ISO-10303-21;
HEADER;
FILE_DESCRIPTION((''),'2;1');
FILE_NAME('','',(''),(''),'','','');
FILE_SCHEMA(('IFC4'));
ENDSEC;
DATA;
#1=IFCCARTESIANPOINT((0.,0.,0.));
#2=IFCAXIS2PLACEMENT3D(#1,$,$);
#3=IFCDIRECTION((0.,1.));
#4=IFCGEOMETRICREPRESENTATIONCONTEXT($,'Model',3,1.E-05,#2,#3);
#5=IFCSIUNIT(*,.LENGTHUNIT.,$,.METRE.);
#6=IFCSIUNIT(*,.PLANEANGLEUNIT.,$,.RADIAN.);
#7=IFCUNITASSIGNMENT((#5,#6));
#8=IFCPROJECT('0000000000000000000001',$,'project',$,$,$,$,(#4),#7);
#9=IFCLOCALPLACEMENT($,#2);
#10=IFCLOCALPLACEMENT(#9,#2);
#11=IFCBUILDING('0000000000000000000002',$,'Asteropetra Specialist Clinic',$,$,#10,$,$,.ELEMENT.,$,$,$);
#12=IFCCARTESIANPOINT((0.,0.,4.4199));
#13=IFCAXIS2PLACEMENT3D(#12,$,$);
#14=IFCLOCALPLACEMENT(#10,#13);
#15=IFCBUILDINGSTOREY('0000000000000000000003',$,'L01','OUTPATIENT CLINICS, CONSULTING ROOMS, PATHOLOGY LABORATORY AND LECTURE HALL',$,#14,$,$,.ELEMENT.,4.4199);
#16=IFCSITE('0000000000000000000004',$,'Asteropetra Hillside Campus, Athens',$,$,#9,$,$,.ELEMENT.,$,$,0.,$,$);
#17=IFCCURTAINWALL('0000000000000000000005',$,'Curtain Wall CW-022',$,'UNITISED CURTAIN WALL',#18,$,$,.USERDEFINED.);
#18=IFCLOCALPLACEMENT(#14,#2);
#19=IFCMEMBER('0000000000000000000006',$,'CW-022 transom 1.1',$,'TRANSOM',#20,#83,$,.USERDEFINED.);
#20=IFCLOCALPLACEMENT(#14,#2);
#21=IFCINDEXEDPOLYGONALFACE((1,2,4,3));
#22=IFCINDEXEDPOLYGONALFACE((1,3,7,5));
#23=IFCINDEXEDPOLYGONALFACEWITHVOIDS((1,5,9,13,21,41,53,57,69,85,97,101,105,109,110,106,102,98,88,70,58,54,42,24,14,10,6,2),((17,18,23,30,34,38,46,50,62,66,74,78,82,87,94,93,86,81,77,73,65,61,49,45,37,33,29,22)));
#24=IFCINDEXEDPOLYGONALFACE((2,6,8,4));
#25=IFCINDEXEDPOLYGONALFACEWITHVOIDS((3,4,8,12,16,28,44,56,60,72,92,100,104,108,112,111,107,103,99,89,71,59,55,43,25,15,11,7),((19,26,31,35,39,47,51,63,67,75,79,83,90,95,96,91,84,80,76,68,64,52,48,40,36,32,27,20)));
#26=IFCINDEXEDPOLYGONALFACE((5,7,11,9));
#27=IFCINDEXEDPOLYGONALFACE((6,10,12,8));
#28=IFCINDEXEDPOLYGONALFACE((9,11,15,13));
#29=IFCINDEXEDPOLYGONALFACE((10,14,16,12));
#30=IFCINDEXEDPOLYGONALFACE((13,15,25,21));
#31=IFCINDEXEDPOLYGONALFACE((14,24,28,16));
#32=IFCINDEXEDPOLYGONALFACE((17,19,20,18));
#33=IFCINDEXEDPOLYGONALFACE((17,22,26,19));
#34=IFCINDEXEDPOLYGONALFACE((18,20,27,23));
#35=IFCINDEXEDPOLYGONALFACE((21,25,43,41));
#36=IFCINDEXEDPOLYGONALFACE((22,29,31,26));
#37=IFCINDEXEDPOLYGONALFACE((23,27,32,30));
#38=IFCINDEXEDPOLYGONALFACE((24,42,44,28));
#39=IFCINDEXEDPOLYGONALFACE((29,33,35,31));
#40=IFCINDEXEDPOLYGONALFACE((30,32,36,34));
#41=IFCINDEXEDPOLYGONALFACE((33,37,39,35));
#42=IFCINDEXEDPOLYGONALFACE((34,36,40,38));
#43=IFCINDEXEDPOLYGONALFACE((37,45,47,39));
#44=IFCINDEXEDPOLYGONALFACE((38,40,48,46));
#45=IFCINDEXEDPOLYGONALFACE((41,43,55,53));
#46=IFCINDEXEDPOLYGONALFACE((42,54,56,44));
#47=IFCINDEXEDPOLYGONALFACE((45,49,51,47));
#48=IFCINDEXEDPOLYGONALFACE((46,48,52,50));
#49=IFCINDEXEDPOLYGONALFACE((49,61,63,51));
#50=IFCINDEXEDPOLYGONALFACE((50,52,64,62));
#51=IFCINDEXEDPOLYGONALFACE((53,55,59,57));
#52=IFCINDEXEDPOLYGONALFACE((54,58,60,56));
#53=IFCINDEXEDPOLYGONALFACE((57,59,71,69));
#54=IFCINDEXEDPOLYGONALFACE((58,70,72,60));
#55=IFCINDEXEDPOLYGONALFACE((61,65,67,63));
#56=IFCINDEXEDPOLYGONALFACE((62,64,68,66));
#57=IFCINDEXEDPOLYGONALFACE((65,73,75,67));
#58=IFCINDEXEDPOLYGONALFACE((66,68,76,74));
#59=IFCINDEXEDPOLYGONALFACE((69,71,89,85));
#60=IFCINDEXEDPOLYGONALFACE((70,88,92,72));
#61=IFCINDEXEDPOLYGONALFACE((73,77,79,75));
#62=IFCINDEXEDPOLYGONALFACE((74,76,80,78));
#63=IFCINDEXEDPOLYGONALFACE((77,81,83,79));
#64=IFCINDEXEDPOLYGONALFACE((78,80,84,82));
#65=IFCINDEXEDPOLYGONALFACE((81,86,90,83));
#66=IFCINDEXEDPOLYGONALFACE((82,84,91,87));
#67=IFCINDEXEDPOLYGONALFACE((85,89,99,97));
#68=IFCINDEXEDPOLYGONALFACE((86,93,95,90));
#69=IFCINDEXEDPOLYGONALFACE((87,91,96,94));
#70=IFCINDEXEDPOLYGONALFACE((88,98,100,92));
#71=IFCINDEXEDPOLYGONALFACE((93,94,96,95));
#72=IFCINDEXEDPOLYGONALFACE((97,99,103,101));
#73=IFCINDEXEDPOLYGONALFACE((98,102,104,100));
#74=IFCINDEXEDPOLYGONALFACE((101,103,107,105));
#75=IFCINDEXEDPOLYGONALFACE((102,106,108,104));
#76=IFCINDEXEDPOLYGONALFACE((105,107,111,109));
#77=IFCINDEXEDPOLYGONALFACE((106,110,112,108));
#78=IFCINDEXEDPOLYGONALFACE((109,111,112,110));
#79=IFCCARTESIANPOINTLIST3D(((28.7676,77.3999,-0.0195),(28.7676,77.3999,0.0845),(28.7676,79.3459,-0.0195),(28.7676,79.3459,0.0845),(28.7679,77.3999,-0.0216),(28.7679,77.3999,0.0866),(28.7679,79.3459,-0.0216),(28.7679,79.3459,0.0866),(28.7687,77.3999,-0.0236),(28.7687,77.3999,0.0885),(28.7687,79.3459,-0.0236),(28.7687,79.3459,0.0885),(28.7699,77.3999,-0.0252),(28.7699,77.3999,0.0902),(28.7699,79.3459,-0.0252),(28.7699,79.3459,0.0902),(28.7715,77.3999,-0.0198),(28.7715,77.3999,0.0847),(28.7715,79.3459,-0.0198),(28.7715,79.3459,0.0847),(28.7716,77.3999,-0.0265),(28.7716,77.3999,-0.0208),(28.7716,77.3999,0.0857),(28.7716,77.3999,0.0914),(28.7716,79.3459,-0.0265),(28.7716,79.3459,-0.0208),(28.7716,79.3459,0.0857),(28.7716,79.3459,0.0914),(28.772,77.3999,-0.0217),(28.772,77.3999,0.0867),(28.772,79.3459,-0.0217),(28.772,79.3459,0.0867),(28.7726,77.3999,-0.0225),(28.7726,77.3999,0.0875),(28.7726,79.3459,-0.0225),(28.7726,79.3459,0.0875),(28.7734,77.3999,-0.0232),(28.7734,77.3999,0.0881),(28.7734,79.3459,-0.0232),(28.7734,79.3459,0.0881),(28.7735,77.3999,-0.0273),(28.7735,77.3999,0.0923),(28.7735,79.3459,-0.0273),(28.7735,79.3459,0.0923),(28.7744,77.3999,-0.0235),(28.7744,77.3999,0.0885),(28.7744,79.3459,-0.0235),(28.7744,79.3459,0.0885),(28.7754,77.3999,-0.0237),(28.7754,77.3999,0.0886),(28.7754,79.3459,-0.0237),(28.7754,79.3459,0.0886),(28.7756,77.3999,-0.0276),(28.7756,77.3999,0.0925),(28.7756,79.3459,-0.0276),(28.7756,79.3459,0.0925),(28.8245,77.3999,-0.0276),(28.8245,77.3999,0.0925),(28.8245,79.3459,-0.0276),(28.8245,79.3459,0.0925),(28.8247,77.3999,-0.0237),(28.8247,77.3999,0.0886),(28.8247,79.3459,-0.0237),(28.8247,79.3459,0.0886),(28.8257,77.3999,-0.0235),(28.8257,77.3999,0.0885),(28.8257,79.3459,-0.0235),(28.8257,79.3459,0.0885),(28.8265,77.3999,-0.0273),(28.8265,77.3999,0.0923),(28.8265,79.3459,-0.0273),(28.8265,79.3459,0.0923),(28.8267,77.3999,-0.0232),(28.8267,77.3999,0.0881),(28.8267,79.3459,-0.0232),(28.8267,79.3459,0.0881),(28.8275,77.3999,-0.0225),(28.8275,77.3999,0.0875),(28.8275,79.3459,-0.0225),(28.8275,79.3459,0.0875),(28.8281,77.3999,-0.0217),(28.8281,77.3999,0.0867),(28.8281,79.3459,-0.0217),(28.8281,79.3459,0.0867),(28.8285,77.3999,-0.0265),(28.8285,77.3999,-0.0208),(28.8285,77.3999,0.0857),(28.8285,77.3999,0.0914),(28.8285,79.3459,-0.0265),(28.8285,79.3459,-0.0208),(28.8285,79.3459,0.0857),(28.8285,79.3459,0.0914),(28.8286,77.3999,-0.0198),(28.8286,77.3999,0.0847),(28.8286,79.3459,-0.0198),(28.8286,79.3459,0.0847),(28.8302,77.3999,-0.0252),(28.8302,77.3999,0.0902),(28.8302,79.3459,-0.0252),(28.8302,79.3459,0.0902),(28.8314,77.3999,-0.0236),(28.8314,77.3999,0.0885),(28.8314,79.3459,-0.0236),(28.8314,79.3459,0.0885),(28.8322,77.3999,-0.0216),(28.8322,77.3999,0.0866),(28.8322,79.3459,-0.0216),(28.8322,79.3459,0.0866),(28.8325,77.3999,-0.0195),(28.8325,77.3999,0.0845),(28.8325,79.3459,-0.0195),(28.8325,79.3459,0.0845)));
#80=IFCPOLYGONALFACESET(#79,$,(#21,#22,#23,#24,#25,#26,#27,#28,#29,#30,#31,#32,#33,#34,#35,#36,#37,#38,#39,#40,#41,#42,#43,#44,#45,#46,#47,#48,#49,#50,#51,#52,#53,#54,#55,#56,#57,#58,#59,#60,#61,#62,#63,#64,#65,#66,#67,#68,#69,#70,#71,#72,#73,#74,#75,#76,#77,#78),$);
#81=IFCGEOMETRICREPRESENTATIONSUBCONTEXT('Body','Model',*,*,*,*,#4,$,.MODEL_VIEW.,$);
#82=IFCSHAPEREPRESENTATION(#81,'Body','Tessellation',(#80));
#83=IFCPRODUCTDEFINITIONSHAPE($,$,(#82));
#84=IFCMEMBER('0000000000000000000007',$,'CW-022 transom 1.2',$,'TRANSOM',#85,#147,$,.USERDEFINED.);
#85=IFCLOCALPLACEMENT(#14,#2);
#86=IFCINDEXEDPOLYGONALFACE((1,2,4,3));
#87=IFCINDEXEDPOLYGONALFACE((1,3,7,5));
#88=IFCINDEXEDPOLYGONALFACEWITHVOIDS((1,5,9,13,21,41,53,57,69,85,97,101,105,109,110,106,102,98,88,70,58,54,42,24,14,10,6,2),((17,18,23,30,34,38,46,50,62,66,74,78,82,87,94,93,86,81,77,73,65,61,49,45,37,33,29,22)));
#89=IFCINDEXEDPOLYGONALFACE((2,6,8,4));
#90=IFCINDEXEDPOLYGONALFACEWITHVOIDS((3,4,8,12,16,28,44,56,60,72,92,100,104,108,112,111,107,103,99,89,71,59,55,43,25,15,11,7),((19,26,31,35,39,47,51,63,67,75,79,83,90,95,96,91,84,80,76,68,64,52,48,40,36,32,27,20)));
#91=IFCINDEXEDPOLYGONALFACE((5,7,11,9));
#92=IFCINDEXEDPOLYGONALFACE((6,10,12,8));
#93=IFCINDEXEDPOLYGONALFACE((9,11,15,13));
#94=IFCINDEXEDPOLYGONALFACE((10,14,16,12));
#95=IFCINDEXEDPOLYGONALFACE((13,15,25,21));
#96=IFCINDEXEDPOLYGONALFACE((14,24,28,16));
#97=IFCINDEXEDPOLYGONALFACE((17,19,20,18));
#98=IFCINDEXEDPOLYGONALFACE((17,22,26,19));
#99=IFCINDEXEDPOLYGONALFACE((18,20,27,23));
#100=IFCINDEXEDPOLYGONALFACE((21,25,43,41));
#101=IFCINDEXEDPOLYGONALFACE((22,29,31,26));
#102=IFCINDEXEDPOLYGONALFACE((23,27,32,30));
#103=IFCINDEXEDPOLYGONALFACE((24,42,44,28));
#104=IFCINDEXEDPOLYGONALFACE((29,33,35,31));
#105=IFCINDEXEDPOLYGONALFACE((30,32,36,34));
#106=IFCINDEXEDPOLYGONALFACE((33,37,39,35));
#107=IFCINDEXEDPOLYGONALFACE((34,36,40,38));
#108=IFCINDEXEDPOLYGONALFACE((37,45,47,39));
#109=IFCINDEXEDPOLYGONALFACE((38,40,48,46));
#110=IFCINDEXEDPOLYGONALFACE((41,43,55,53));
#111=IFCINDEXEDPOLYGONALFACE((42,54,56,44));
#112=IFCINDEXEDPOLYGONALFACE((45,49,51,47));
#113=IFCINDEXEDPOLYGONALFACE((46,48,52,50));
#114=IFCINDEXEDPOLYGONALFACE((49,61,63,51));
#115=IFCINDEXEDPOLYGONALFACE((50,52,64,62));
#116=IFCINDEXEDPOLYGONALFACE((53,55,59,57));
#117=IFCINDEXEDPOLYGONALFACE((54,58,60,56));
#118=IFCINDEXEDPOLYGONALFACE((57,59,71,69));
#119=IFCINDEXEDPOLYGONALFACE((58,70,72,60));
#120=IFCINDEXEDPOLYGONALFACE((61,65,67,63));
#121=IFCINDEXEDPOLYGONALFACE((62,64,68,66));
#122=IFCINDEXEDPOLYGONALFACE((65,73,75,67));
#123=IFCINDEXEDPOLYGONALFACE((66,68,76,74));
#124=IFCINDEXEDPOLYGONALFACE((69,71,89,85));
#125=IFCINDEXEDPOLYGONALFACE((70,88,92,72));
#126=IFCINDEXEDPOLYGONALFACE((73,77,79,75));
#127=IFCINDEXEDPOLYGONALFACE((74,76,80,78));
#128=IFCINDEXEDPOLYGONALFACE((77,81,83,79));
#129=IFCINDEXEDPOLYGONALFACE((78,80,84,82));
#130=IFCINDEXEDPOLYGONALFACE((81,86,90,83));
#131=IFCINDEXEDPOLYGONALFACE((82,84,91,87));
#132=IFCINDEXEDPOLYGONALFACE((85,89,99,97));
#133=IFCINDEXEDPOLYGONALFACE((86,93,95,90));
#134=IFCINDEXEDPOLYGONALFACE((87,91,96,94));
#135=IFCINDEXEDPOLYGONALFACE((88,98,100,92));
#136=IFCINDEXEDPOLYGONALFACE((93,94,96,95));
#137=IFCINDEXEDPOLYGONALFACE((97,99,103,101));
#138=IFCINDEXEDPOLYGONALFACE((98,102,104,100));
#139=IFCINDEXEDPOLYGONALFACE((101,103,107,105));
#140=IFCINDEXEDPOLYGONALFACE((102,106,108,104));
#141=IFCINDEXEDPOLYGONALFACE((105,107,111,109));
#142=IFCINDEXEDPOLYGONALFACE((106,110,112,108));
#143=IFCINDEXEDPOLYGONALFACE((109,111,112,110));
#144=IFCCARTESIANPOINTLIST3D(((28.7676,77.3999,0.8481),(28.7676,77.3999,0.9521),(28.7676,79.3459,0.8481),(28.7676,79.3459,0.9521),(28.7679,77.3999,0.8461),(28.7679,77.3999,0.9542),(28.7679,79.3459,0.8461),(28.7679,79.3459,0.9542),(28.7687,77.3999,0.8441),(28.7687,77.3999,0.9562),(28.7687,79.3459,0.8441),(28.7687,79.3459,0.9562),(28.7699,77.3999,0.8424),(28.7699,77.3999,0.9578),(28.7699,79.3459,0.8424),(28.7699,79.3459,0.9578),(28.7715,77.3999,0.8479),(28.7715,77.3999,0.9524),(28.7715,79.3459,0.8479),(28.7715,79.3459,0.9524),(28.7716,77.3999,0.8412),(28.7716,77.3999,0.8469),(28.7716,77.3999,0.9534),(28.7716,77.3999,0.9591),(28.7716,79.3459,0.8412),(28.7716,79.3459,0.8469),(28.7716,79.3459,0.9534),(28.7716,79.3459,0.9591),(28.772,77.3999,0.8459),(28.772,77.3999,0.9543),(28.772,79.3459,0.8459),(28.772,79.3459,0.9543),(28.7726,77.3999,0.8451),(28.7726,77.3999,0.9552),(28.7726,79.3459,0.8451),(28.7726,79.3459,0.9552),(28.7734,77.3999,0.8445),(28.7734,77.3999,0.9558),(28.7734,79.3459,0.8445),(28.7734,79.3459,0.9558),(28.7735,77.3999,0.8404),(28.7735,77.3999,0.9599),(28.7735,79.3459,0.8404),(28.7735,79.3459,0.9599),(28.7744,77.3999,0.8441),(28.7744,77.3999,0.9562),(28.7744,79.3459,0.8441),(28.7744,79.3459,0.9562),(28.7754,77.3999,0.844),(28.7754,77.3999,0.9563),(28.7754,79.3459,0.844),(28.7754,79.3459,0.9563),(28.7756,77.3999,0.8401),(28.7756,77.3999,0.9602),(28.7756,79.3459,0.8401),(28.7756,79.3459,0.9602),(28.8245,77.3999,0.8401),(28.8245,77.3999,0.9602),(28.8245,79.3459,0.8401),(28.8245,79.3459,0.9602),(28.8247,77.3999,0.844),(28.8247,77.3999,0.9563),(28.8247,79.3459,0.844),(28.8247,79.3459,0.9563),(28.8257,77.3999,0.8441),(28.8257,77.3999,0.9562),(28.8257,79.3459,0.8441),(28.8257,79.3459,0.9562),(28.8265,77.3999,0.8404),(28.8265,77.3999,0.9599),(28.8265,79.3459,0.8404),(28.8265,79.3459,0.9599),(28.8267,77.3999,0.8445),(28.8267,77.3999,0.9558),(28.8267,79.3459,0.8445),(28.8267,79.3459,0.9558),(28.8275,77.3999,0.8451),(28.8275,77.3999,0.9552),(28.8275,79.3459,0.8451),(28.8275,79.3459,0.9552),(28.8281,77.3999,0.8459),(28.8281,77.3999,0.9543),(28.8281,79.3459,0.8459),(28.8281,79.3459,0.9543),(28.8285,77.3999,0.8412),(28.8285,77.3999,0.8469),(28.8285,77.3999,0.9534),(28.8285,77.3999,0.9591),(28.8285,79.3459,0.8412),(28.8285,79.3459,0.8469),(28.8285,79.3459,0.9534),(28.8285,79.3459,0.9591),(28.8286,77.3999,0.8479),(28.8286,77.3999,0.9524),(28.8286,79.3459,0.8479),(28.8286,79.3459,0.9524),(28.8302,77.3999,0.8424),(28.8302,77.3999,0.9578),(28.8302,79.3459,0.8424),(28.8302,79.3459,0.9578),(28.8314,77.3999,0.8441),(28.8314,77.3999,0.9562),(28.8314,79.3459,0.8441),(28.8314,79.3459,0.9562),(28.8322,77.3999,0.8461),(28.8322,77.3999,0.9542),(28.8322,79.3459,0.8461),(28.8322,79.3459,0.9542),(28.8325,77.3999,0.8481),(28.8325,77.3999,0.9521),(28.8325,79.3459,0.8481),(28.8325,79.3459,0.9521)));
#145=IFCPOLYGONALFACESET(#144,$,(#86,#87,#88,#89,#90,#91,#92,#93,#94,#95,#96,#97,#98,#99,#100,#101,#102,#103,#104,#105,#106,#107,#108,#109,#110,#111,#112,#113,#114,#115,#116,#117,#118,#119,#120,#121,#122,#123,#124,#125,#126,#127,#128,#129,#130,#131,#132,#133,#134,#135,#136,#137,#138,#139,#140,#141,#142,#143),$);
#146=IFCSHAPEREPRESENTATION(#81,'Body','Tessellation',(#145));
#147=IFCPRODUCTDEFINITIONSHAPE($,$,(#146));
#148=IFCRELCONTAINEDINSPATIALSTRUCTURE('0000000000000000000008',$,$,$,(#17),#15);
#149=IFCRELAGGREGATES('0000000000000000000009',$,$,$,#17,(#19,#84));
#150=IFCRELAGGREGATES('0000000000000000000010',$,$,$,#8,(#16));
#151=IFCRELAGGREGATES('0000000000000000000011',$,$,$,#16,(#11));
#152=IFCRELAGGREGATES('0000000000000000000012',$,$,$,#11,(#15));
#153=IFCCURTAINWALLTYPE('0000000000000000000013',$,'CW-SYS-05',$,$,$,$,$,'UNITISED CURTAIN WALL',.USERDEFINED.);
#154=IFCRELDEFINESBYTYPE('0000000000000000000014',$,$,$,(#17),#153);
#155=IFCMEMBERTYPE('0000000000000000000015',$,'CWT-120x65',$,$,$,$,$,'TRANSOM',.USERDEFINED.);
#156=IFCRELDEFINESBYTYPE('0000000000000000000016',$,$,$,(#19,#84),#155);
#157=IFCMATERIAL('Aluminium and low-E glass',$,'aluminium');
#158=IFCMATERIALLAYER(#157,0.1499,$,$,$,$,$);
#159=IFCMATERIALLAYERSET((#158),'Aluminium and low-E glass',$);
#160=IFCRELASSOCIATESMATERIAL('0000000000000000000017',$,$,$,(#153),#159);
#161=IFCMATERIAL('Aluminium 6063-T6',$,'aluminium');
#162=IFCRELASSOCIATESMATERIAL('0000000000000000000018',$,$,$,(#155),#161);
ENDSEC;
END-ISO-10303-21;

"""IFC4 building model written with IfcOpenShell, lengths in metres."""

from ifc_helpers import new_model, si_unit, direction, frame, origin, origin_2d, place, context, subcontext, project, spatial, hollow_rectangle, extrude, material, layer, layer_set, material_profile, profile_set, type_object, element, aggregate, save


model = new_model("IFC4")

# Units and contexts
model_context = context("Model", 3, precision=1e-05, world=origin(), true_north=direction((0.0, 1.0)))
body_context = subcontext(model_context, "Body", "Model", "MODEL_VIEW")
ifc_project = project(units=[si_unit("LENGTHUNIT", "METRE"), si_unit("PLANEANGLEUNIT", "RADIAN")], contexts=[model_context])

# Site, building, storey
site_placement = place(None, origin())
site = spatial("IfcSite", under=ifc_project, at=site_placement, Name="Asteropetra Hillside Campus, Athens", CompositionType="ELEMENT", RefElevation=0.0)
building_placement = place(site_placement, origin())
building = spatial("IfcBuilding", under=site, at=building_placement, Name="Asteropetra Specialist Clinic", CompositionType="ELEMENT")
storey_placement = place(building_placement, frame((0.0, 0.0, 4.4199)))
storey = spatial("IfcBuildingStorey", under=building, at=storey_placement, Name="L01", Description="OUTPATIENT CLINICS, CONSULTING ROOMS, PATHOLOGY LABORATORY AND LECTURE HALL", CompositionType="ELEMENT", Elevation=4.4199)

# Curtain wall
ifc_material_1 = material(Name="Aluminium and low-E glass", Category="aluminium")
ifc_layer_1 = layer(ifc_material_1, 0.1499)
ifc_layer_set_1 = layer_set([ifc_layer_1], Name="Aluminium and low-E glass")
curtain_wall_type_1 = type_object("IfcCurtainWallType", Name="CW-SYS-05", ElementType="UNITISED CURTAIN WALL", PredefinedType="USERDEFINED", material=ifc_layer_set_1)
curtain_wall_1_placement = place(storey_placement, origin())
curtain_wall_1 = element("IfcCurtainWall", 1, at=curtain_wall_1_placement, inside=storey, type_object=curtain_wall_type_1, Name="Curtain Wall CW-022", ObjectType="UNITISED CURTAIN WALL", PredefinedType="USERDEFINED")

# Members
ifc_material_2 = material(Name="Aluminium 6063-T6", Category="aluminium")
ifc_material_profile_1 = material_profile(ifc_material_2, hollow_rectangle(XDim=0.0649, YDim=0.1201, WallThickness=0.0039, InnerFilletRadius=0.0039, OuterFilletRadius=0.0081, at=origin_2d()), Name="TRN 120x65x4.0")
ifc_profile_set_1 = profile_set([ifc_material_profile_1], Name="Aluminium 6063-T6")
member_type_1 = type_object("IfcMemberType", Name="CWT-120x65", ElementType="TRANSOM", PredefinedType="USERDEFINED", material=ifc_profile_set_1)
member_1_placement = place(storey_placement, frame((28.8, 77.3999, 0.0325), z_axis=(0.0, 1.0, 0.0), x_axis=(-1.0, 0.0, 0.0)))
member_1 = element("IfcMember", 2, at=member_1_placement, type_object=member_type_1, Name="CW-022 transom 1.1", ObjectType="TRANSOM", PredefinedType="USERDEFINED", context=body_context, shape_type="SweptSolid", body=[
    extrude(hollow_rectangle(XDim=0.0649, YDim=0.1201, WallThickness=0.0039, InnerFilletRadius=0.0039, OuterFilletRadius=0.0081, at=origin_2d()), origin(), (0.0, 0.0, 1.0), 1.946),
])
member_2_placement = place(storey_placement, frame((28.8, 77.3999, 0.9001), z_axis=(0.0, 1.0, 0.0), x_axis=(-1.0, 0.0, 0.0)))
member_2 = element("IfcMember", 3, at=member_2_placement, type_object=member_type_1, Name="CW-022 transom 1.2", ObjectType="TRANSOM", PredefinedType="USERDEFINED", context=body_context, shape_type="SweptSolid", body=[
    extrude(hollow_rectangle(XDim=0.0649, YDim=0.1201, WallThickness=0.0039, InnerFilletRadius=0.0039, OuterFilletRadius=0.0081, at=origin_2d()), origin(), (0.0, 0.0, 1.0), 1.946),
])

aggregate(curtain_wall_1, [member_1, member_2])

save(model, "model.ifc")
